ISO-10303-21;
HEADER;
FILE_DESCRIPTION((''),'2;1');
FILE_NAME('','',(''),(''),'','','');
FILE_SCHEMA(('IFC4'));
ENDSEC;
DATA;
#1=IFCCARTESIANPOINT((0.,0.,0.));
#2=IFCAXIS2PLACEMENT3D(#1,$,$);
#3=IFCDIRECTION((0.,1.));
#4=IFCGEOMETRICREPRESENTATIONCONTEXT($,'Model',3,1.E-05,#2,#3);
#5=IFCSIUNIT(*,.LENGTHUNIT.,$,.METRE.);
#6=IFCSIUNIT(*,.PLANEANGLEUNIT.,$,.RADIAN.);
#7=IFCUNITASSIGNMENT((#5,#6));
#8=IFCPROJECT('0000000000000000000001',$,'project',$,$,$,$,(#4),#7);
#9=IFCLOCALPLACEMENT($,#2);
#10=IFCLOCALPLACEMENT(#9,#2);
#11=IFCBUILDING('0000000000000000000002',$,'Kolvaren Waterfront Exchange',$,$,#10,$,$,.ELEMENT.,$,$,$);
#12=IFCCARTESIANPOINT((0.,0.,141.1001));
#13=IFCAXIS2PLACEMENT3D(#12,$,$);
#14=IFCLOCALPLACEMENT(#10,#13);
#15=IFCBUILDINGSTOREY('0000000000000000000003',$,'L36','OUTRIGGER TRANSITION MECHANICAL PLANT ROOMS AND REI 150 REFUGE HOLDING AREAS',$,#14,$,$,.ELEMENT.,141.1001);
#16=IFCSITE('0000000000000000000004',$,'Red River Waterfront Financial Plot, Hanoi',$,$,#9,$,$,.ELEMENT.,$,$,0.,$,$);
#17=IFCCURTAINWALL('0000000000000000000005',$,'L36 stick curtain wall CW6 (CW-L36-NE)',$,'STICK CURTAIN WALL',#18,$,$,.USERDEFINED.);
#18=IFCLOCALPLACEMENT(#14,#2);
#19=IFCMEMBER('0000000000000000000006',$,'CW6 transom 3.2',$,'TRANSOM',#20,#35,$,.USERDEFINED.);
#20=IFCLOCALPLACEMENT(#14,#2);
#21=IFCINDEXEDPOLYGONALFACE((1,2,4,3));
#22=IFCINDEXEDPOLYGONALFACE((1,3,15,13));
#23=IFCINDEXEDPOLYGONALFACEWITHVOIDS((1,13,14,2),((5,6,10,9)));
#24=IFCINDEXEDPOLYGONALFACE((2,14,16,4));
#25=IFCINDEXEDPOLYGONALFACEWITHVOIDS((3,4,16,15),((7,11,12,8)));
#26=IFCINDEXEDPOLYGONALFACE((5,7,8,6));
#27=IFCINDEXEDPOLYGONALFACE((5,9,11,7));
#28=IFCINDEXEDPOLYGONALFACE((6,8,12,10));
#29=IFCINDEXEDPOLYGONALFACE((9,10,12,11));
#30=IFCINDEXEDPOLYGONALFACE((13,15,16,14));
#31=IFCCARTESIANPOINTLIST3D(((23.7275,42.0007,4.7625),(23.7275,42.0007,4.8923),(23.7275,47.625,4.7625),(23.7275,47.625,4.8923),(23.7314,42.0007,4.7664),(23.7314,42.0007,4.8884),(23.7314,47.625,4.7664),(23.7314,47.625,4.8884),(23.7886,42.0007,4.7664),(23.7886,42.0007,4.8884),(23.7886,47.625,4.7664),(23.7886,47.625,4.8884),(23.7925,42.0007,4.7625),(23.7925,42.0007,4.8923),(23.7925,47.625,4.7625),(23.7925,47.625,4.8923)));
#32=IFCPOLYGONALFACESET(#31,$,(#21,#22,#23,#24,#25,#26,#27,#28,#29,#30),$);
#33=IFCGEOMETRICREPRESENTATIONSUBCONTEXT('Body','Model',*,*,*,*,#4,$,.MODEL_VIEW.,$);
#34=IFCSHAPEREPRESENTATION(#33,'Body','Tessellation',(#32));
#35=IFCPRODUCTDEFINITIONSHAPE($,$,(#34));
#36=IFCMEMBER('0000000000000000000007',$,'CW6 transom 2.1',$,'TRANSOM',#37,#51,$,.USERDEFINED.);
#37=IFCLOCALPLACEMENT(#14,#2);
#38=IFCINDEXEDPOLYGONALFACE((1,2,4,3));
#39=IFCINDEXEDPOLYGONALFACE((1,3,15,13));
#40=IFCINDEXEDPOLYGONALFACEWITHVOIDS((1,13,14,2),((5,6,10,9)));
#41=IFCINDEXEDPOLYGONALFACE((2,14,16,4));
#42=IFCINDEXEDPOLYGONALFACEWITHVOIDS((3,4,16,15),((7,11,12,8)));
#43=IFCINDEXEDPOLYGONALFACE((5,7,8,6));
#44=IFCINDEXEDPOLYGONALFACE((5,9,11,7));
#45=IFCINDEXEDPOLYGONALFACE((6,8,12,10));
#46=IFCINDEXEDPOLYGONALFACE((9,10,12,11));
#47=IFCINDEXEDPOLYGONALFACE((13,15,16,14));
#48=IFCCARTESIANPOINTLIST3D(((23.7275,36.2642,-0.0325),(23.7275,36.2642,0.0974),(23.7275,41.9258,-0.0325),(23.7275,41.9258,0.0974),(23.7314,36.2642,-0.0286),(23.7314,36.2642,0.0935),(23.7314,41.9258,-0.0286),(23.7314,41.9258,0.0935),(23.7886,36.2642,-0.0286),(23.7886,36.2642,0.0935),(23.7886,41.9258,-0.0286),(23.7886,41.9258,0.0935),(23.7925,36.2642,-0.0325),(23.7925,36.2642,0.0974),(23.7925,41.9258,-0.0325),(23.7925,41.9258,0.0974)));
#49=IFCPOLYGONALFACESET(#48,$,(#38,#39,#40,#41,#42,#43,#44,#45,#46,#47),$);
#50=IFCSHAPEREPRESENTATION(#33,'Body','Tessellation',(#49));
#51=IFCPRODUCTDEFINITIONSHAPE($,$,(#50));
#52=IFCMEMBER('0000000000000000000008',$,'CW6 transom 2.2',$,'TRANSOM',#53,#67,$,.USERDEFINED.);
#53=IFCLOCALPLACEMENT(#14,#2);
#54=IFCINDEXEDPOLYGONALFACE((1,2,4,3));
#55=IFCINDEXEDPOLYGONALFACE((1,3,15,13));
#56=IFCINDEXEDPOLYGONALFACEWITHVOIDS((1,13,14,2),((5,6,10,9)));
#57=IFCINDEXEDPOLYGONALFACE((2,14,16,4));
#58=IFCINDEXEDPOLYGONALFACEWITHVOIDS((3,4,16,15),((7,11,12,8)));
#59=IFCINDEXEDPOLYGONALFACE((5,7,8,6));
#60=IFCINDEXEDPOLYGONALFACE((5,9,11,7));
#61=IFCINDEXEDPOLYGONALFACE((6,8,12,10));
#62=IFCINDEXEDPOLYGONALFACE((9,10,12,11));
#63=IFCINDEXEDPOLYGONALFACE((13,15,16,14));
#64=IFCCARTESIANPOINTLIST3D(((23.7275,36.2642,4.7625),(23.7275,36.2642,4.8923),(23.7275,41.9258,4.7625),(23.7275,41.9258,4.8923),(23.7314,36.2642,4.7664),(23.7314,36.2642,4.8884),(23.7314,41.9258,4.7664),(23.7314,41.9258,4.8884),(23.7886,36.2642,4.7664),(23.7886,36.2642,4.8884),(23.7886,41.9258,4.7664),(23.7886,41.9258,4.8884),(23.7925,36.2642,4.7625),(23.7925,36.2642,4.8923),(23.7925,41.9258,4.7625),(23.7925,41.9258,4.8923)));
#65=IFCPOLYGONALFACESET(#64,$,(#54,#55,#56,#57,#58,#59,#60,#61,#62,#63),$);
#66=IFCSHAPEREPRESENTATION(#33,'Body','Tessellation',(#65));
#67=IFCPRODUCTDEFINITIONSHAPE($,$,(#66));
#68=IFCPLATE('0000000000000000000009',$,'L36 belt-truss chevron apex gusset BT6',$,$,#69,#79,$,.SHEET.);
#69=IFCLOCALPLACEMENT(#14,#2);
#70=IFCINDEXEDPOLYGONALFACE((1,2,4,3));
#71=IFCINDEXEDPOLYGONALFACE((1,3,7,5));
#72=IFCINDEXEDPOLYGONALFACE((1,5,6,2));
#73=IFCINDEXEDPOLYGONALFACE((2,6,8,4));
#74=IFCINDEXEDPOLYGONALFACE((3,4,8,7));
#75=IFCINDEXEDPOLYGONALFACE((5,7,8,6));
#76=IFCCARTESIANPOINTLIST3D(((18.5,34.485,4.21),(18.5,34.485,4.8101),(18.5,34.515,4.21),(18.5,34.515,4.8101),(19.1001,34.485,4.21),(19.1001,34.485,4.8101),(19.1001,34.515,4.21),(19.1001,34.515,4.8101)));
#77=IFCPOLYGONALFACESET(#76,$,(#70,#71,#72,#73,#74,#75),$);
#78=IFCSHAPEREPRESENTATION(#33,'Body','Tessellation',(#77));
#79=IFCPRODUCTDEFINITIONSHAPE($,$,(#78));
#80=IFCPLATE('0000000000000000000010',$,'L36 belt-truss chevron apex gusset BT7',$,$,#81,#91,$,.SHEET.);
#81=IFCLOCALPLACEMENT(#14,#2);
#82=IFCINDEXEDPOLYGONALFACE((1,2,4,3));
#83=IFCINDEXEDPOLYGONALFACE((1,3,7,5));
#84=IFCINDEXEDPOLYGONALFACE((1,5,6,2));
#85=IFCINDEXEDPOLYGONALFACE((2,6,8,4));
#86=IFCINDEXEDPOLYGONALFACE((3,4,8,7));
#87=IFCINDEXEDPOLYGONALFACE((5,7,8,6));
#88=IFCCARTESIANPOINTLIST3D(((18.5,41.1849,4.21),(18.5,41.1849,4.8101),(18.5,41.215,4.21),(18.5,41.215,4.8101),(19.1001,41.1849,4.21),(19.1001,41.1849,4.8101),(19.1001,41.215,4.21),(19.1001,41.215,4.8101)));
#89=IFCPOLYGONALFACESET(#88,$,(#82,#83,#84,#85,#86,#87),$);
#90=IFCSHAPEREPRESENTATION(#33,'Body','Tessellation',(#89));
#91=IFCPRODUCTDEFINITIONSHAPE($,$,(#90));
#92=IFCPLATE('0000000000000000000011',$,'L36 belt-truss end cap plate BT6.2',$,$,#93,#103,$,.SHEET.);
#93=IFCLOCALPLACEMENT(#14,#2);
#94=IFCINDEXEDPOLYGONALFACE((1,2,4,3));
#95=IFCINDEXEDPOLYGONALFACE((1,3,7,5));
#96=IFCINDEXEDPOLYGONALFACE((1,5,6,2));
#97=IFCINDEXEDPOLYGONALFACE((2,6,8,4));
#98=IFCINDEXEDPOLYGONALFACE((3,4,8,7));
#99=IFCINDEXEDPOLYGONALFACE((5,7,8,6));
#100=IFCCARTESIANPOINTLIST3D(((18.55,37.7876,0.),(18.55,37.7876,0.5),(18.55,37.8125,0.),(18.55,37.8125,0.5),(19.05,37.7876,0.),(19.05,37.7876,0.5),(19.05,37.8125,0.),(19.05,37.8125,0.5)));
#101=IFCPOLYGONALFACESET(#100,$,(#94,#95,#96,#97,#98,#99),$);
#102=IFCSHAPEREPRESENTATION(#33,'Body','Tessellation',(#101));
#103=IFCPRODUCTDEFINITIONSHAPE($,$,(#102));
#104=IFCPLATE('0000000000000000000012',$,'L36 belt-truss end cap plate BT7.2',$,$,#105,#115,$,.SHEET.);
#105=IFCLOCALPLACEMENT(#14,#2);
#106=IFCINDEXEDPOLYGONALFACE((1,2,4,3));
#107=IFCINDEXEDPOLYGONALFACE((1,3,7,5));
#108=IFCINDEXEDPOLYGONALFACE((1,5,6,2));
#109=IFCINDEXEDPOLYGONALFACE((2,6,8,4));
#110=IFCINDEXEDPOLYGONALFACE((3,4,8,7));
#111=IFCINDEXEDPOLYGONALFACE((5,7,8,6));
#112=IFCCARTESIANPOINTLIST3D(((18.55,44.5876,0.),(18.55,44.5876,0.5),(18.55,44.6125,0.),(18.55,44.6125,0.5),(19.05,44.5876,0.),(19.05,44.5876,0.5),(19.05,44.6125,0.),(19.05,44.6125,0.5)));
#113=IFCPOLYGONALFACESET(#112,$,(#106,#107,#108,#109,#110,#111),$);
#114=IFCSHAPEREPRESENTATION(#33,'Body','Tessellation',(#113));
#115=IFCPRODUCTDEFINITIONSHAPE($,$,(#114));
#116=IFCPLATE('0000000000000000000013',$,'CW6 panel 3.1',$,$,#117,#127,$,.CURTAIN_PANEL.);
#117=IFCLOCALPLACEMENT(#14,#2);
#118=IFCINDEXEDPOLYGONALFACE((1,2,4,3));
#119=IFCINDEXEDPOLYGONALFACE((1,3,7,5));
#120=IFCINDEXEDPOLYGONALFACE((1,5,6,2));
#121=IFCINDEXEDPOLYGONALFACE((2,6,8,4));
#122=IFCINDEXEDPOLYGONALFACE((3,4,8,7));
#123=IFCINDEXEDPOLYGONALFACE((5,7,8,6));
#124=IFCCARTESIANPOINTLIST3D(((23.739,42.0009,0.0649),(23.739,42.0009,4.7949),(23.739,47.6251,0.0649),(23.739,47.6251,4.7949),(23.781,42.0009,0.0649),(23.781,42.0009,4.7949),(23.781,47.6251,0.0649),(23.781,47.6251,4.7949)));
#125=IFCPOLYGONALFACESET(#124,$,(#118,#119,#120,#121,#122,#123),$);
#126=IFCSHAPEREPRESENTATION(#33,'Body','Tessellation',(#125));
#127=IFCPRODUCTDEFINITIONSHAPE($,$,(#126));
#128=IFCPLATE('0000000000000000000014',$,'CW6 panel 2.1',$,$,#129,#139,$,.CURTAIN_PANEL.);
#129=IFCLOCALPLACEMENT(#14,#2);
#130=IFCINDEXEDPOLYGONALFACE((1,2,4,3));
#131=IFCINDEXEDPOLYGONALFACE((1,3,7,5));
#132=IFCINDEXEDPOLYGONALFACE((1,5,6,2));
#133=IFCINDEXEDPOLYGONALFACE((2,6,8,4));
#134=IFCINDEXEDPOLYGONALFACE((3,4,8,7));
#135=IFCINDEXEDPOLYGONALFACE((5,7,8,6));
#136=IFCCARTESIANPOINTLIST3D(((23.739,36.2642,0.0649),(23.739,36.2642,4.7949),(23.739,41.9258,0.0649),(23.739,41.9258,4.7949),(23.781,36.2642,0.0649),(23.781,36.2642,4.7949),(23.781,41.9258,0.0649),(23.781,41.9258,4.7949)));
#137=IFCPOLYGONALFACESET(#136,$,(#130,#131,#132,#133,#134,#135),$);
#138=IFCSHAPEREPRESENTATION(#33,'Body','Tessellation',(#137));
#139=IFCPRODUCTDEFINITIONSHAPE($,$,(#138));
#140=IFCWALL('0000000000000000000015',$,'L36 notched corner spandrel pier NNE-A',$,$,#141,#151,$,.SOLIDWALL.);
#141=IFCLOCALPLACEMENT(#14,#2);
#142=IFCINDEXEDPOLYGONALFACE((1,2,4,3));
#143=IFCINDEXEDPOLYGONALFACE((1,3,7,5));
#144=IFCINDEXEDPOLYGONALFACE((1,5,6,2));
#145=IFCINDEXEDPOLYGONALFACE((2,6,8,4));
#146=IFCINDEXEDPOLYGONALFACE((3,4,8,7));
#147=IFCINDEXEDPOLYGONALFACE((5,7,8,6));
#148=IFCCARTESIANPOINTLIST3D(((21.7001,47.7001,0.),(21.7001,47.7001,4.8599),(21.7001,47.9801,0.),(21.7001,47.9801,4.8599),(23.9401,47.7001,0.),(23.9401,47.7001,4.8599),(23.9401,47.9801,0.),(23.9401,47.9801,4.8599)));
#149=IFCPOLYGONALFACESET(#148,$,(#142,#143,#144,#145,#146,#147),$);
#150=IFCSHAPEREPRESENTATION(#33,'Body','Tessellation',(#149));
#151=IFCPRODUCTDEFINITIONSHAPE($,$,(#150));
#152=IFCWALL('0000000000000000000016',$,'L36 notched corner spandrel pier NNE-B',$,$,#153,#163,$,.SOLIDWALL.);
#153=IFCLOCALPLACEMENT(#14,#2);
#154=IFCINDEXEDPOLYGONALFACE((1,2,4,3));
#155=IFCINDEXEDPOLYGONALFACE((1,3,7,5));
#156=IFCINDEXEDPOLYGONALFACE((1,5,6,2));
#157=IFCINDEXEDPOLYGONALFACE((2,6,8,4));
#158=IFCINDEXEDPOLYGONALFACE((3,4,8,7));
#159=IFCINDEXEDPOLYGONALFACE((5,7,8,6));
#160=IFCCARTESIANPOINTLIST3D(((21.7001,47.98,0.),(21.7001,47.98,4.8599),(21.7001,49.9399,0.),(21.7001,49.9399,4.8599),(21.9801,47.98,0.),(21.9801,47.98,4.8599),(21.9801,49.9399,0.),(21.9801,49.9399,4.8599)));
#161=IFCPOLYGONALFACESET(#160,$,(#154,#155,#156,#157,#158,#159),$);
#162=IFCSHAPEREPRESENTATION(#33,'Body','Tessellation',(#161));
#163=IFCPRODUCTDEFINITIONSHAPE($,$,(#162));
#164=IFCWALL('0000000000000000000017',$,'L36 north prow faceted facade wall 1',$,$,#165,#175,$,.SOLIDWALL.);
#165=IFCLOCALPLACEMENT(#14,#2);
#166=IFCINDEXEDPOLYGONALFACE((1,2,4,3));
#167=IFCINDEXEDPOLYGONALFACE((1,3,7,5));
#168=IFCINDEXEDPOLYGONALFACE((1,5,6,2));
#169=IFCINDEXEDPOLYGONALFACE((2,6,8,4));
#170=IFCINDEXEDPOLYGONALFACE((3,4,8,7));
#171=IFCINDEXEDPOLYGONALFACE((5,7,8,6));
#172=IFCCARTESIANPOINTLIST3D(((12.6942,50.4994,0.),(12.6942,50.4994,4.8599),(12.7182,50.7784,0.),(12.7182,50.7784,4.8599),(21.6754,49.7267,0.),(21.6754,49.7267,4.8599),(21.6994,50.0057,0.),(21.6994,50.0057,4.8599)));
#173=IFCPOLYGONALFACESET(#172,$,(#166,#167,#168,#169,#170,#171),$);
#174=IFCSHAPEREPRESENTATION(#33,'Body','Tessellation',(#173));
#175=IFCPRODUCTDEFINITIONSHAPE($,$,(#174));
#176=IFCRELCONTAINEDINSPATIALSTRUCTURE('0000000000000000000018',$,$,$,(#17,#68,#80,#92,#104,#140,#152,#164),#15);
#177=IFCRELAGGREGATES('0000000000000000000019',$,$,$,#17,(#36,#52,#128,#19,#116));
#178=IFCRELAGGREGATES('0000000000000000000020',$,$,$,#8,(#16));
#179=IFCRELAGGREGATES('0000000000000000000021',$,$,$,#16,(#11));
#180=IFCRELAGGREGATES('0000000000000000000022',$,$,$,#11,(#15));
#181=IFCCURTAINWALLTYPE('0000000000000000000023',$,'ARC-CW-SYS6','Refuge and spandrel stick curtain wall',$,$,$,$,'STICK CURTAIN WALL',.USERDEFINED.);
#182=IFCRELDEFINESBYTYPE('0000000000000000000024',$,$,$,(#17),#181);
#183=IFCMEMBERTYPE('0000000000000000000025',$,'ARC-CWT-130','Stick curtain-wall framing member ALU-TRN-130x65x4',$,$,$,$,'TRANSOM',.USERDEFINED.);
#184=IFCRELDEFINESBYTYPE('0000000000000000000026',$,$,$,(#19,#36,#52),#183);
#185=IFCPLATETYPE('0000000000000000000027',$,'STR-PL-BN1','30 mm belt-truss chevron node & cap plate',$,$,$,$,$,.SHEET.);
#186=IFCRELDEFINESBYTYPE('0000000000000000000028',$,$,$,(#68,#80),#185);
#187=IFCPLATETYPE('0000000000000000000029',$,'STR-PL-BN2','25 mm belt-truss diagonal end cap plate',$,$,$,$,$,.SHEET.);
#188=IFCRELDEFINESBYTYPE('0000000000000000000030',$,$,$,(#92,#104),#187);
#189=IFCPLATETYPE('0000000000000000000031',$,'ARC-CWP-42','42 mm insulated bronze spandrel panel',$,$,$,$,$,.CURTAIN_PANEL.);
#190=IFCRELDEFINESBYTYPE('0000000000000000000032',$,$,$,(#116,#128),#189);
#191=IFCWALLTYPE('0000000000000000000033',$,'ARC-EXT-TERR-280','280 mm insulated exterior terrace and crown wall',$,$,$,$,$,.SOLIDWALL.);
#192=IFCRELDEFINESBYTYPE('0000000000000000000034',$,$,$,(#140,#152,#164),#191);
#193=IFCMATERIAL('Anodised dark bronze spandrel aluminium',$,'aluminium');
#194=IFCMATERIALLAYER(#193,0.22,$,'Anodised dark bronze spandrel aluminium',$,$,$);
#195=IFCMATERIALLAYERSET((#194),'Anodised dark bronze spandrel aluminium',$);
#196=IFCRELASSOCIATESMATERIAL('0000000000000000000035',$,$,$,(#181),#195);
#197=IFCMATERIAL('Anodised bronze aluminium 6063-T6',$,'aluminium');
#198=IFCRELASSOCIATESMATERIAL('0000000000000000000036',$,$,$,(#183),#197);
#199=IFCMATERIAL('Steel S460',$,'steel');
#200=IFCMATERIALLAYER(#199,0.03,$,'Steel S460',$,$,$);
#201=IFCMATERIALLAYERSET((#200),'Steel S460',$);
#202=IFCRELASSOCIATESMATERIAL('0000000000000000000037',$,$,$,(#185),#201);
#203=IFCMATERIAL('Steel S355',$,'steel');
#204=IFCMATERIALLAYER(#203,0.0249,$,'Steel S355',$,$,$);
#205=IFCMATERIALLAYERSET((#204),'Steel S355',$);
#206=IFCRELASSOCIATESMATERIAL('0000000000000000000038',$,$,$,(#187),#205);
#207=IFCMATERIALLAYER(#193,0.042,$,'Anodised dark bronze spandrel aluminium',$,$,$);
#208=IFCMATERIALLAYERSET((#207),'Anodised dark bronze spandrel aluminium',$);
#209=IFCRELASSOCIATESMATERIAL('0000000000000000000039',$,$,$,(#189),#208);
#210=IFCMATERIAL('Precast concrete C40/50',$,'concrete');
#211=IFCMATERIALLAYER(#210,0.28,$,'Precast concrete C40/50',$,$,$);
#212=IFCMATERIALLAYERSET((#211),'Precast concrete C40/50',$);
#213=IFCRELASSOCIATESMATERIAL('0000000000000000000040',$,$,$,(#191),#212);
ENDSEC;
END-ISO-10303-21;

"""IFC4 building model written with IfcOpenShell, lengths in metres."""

from ifc_helpers import new_model, si_unit, direction, frame, frame_2d, origin, origin_with_axes, origin_2d, place, context, subcontext, project, spatial, rectangle, hollow_rectangle, extrude, source, transform, mapped, material, layer, layer_set, material_profile, profile_set, type_object, element, aggregate, save


model = new_model("IFC4")

# Units and contexts
model_context = context("Model", 3, precision=1e-05, world=origin(), true_north=direction((0.0, 1.0)))
body_context = subcontext(model_context, "Body", "Model", "MODEL_VIEW")
ifc_project = project(units=[si_unit("LENGTHUNIT", "METRE"), si_unit("PLANEANGLEUNIT", "RADIAN")], contexts=[model_context])

# Site, building, storey
site_placement = place(None, origin())
site = spatial("IfcSite", under=ifc_project, at=site_placement, Name="Red River Waterfront Financial Plot, Hanoi", CompositionType="ELEMENT", RefElevation=0.0)
building_placement = place(site_placement, origin())
building = spatial("IfcBuilding", under=site, at=building_placement, Name="Kolvaren Waterfront Exchange", CompositionType="ELEMENT")
storey_placement = place(building_placement, frame((0.0, 0.0, 141.1001)))
storey = spatial("IfcBuildingStorey", under=building, at=storey_placement, Name="L36", Description="OUTRIGGER TRANSITION MECHANICAL PLANT ROOMS AND REI 150 REFUGE HOLDING AREAS", CompositionType="ELEMENT", Elevation=141.1001)

# Shared definitions
ifc_material_1 = material(Name="Steel S460", Category="steel")

# Curtain wall, members
ifc_material_2 = material(Name="Anodised dark bronze spandrel aluminium", Category="aluminium")
ifc_layer_1 = layer(ifc_material_2, 0.22, Name="Anodised dark bronze spandrel aluminium")
ifc_layer_set_1 = layer_set([ifc_layer_1], Name="Anodised dark bronze spandrel aluminium")
curtain_wall_type = type_object("IfcCurtainWallType", Name="ARC-CW-SYS6", Description="Refuge and spandrel stick curtain wall", ElementType="STICK CURTAIN WALL", PredefinedType="USERDEFINED", material=ifc_layer_set_1)
curtain_wall_placement = place(storey_placement, origin())
curtain_wall = element("IfcCurtainWall", 1, at=curtain_wall_placement, inside=storey, type_object=curtain_wall_type, Name="L36 stick curtain wall CW6 (CW-L36-NE)", ObjectType="STICK CURTAIN WALL", PredefinedType="USERDEFINED")
ifc_material_3 = material(Name="Anodised bronze aluminium 6063-T6", Category="aluminium")
ifc_material_profile_1 = material_profile(ifc_material_3, hollow_rectangle(XDim=0.0649, YDim=0.1299, WallThickness=0.0039, at=origin_2d()), Name="ALU-TRN-130x65x4")
ifc_profile_set_1 = profile_set([ifc_material_profile_1], Name="Anodised bronze aluminium 6063-T6")
member_type_1 = type_object("IfcMemberType", Name="ARC-CWT-130", Description="Stick curtain-wall framing member ALU-TRN-130x65x4", ElementType="TRANSOM", PredefinedType="USERDEFINED", material=ifc_profile_set_1)
shared_shape_1 = source(origin_with_axes(), body_context, "Body", "SweptSolid", [
    extrude(hollow_rectangle(XDim=0.0649, YDim=0.1299, WallThickness=0.0039, at=origin_2d()), origin(), (0.0, 0.0, 1.0), 5.6243),
])
member_1_placement = place(storey_placement, frame((23.76, 42.0007, 4.8274), z_axis=(0.0, 1.0, 0.0), x_axis=(-1.0, 0.0, 0.0)))
member_1 = element("IfcMember", 2, at=member_1_placement, type_object=member_type_1, Name="CW6 transom 3.2", ObjectType="TRANSOM", PredefinedType="USERDEFINED", context=body_context, shape_type="MappedRepresentation", body=[
    mapped(shared_shape_1, transform((0.0, 0.0, 0.0), x_axis=(1.0, 0.0, 0.0), y_axis=(0.0, 1.0, 0.0), z_axis=(0.0, 0.0, 1.0), scale=1.0)),
])
shared_shape_2 = source(origin_with_axes(), body_context, "Body", "SweptSolid", [
    extrude(hollow_rectangle(XDim=0.0649, YDim=0.1299, WallThickness=0.0039, at=origin_2d()), origin(), (0.0, 0.0, 1.0), 5.6616),
])
member_2_placement = place(storey_placement, frame((23.76, 36.2642, 0.0325), z_axis=(0.0, 1.0, 0.0), x_axis=(-1.0, 0.0, 0.0)))
member_2 = element("IfcMember", 3, at=member_2_placement, type_object=member_type_1, Name="CW6 transom 2.1", ObjectType="TRANSOM", PredefinedType="USERDEFINED", context=body_context, shape_type="MappedRepresentation", body=[
    mapped(shared_shape_2, transform((0.0, 0.0, 0.0), x_axis=(1.0, 0.0, 0.0), y_axis=(0.0, 1.0, 0.0), z_axis=(0.0, 0.0, 1.0), scale=1.0)),
])
member_3_placement = place(storey_placement, frame((23.76, 36.2642, 4.8274), z_axis=(0.0, 1.0, 0.0), x_axis=(-1.0, 0.0, 0.0)))
member_3 = element("IfcMember", 4, at=member_3_placement, type_object=member_type_1, Name="CW6 transom 2.2", ObjectType="TRANSOM", PredefinedType="USERDEFINED", context=body_context, shape_type="MappedRepresentation", body=[
    mapped(shared_shape_2, transform((0.0, 0.0, 0.0), x_axis=(1.0, 0.0, 0.0), y_axis=(0.0, 1.0, 0.0), z_axis=(0.0, 0.0, 1.0), scale=1.0)),
])

# Plates
ifc_layer_2 = layer(ifc_material_1, 0.03, Name="Steel S460")
ifc_layer_set_2 = layer_set([ifc_layer_2], Name="Steel S460")
plate_type_1 = type_object("IfcPlateType", Name="STR-PL-BN1", Description="30 mm belt-truss chevron node & cap plate", PredefinedType="SHEET", material=ifc_layer_set_2)
shared_shape_3 = source(origin_with_axes(), body_context, "Body", "SweptSolid", [
    extrude(rectangle(XDim=0.6001, YDim=0.03, at=origin_2d()), origin(), (0.0, 0.0, 1.0), 0.6001),
])
for number, where, z_axis, x_axis, name in (
    (5, (18.8, 34.5, 4.21), (0.0, 0.0, 1.0), (1.0, 0.0, 0.0), "L36 belt-truss chevron apex gusset BT6"),
    (6, (18.8, 41.2, 4.21), (0.0, 0.0, 1.0), (1.0, 0.0, 0.0), "L36 belt-truss chevron apex gusset BT7"),
):
    element("IfcPlate", number, at=place(storey_placement, frame(where, z_axis=z_axis, x_axis=x_axis)), inside=storey, type_object=plate_type_1, Name=name, PredefinedType="SHEET", context=body_context, shape_type="MappedRepresentation", body=[
        mapped(shared_shape_3, transform((0.0, 0.0, 0.0), x_axis=(1.0, 0.0, 0.0), y_axis=(0.0, 1.0, 0.0), z_axis=(0.0, 0.0, 1.0), scale=1.0)),
    ])
ifc_material_4 = material(Name="Steel S355", Category="steel")
ifc_layer_3 = layer(ifc_material_4, 0.0249, Name="Steel S355")
ifc_layer_set_3 = layer_set([ifc_layer_3], Name="Steel S355")
plate_type_2 = type_object("IfcPlateType", Name="STR-PL-BN2", Description="25 mm belt-truss diagonal end cap plate", PredefinedType="SHEET", material=ifc_layer_set_3)
shared_shape_4 = source(origin_with_axes(), body_context, "Body", "SweptSolid", [
    extrude(rectangle(XDim=0.5, YDim=0.0249, at=origin_2d()), origin(), (0.0, 0.0, 1.0), 0.5),
])
for number, where, z_axis, x_axis, name in (
    (7, (18.8, 37.8, 0.0), (0.0, 0.0, 1.0), (1.0, 0.0, 0.0), "L36 belt-truss end cap plate BT6.2"),
    (8, (18.8, 44.6001, 0.0), (0.0, 0.0, 1.0), (1.0, 0.0, 0.0), "L36 belt-truss end cap plate BT7.2"),
):
    element("IfcPlate", number, at=place(storey_placement, frame(where, z_axis=z_axis, x_axis=x_axis)), inside=storey, type_object=plate_type_2, Name=name, PredefinedType="SHEET", context=body_context, shape_type="MappedRepresentation", body=[
        mapped(shared_shape_4, transform((0.0, 0.0, 0.0), x_axis=(1.0, 0.0, 0.0), y_axis=(0.0, 1.0, 0.0), z_axis=(0.0, 0.0, 1.0), scale=1.0)),
    ])

# Plates
ifc_layer_4 = layer(ifc_material_2, 0.042, Name="Anodised dark bronze spandrel aluminium")
ifc_layer_set_4 = layer_set([ifc_layer_4], Name="Anodised dark bronze spandrel aluminium")
plate_type_3 = type_object("IfcPlateType", Name="ARC-CWP-42", Description="42 mm insulated bronze spandrel panel", PredefinedType="CURTAIN_PANEL", material=ifc_layer_set_4)
shared_shape_5 = source(origin_with_axes(), body_context, "Body", "SweptSolid", [
    extrude(rectangle(XDim=5.6243, YDim=0.042, at=origin_2d()), origin(), (0.0, 0.0, 1.0), 4.73),
])
plate_1_placement = place(storey_placement, frame((23.76, 44.813, 0.0649), z_axis=(0.0, 0.0, 1.0), x_axis=(0.0, 1.0, 0.0)))
plate_1 = element("IfcPlate", 9, at=plate_1_placement, type_object=plate_type_3, Name="CW6 panel 3.1", PredefinedType="CURTAIN_PANEL", context=body_context, shape_type="MappedRepresentation", body=[
    mapped(shared_shape_5, transform((0.0, 0.0, 0.0), x_axis=(1.0, 0.0, 0.0), y_axis=(0.0, 1.0, 0.0), z_axis=(0.0, 0.0, 1.0), scale=1.0)),
])
shared_shape_6 = source(origin_with_axes(), body_context, "Body", "SweptSolid", [
    extrude(rectangle(XDim=5.6616, YDim=0.042, at=origin_2d()), origin(), (0.0, 0.0, 1.0), 4.73),
])
plate_2_placement = place(storey_placement, frame((23.76, 39.095, 0.0649), z_axis=(0.0, 0.0, 1.0), x_axis=(0.0, 1.0, 0.0)))
plate_2 = element("IfcPlate", 10, at=plate_2_placement, type_object=plate_type_3, Name="CW6 panel 2.1", PredefinedType="CURTAIN_PANEL", context=body_context, shape_type="MappedRepresentation", body=[
    mapped(shared_shape_6, transform((0.0, 0.0, 0.0), x_axis=(1.0, 0.0, 0.0), y_axis=(0.0, 1.0, 0.0), z_axis=(0.0, 0.0, 1.0), scale=1.0)),
])
aggregate(curtain_wall, [member_2, member_3, plate_2, member_1, plate_1])

# Walls
ifc_material_5 = material(Name="Precast concrete C40/50", Category="concrete")
ifc_layer_5 = layer(ifc_material_5, 0.28, Name="Precast concrete C40/50")
ifc_layer_set_5 = layer_set([ifc_layer_5], Name="Precast concrete C40/50")
wall_type = type_object("IfcWallType", Name="ARC-EXT-TERR-280", Description="280 mm insulated exterior terrace and crown wall", PredefinedType="SOLIDWALL", material=ifc_layer_set_5)
wall_1_placement = place(storey_placement, frame((21.7, 47.8401, 0.0), z_axis=(0.0, 0.0, 1.0), x_axis=(1.0, 0.0, 0.0)))
element("IfcWall", 11, at=wall_1_placement, inside=storey, type_object=wall_type, Name="L36 notched corner spandrel pier NNE-A", PredefinedType="SOLIDWALL", context=body_context, shape_type="SweptSolid", body=[
    extrude(rectangle(XDim=2.24, YDim=0.28, at=frame_2d((1.1201, 0.0))), origin(), (0.0, 0.0, 1.0), 4.8599),
])
wall_2_placement = place(storey_placement, frame((21.8401, 47.98, 0.0), z_axis=(0.0, 0.0, 1.0), x_axis=(0.0, 1.0, 0.0)))
element("IfcWall", 12, at=wall_2_placement, inside=storey, type_object=wall_type, Name="L36 notched corner spandrel pier NNE-B", PredefinedType="SOLIDWALL", context=body_context, shape_type="SweptSolid", body=[
    extrude(rectangle(XDim=1.96, YDim=0.28, at=frame_2d((0.98, 0.0))), origin(), (0.0, 0.0, 1.0), 4.8599),
])
wall_3_placement = place(storey_placement, frame((21.6875, 49.8662, 0.0), z_axis=(0.0, 0.0, 1.0), x_axis=(-0.996319, 0.085719, 0.0)))
element("IfcWall", 13, at=wall_3_placement, inside=storey, type_object=wall_type, Name="L36 north prow faceted facade wall 1", PredefinedType="SOLIDWALL", context=body_context, shape_type="SweptSolid", body=[
    extrude(rectangle(XDim=9.0144, YDim=0.28, at=frame_2d((4.5073, 0.0))), origin(), (0.0, 0.0, 1.0), 4.8599),
])

save(model, "model.ifc")
